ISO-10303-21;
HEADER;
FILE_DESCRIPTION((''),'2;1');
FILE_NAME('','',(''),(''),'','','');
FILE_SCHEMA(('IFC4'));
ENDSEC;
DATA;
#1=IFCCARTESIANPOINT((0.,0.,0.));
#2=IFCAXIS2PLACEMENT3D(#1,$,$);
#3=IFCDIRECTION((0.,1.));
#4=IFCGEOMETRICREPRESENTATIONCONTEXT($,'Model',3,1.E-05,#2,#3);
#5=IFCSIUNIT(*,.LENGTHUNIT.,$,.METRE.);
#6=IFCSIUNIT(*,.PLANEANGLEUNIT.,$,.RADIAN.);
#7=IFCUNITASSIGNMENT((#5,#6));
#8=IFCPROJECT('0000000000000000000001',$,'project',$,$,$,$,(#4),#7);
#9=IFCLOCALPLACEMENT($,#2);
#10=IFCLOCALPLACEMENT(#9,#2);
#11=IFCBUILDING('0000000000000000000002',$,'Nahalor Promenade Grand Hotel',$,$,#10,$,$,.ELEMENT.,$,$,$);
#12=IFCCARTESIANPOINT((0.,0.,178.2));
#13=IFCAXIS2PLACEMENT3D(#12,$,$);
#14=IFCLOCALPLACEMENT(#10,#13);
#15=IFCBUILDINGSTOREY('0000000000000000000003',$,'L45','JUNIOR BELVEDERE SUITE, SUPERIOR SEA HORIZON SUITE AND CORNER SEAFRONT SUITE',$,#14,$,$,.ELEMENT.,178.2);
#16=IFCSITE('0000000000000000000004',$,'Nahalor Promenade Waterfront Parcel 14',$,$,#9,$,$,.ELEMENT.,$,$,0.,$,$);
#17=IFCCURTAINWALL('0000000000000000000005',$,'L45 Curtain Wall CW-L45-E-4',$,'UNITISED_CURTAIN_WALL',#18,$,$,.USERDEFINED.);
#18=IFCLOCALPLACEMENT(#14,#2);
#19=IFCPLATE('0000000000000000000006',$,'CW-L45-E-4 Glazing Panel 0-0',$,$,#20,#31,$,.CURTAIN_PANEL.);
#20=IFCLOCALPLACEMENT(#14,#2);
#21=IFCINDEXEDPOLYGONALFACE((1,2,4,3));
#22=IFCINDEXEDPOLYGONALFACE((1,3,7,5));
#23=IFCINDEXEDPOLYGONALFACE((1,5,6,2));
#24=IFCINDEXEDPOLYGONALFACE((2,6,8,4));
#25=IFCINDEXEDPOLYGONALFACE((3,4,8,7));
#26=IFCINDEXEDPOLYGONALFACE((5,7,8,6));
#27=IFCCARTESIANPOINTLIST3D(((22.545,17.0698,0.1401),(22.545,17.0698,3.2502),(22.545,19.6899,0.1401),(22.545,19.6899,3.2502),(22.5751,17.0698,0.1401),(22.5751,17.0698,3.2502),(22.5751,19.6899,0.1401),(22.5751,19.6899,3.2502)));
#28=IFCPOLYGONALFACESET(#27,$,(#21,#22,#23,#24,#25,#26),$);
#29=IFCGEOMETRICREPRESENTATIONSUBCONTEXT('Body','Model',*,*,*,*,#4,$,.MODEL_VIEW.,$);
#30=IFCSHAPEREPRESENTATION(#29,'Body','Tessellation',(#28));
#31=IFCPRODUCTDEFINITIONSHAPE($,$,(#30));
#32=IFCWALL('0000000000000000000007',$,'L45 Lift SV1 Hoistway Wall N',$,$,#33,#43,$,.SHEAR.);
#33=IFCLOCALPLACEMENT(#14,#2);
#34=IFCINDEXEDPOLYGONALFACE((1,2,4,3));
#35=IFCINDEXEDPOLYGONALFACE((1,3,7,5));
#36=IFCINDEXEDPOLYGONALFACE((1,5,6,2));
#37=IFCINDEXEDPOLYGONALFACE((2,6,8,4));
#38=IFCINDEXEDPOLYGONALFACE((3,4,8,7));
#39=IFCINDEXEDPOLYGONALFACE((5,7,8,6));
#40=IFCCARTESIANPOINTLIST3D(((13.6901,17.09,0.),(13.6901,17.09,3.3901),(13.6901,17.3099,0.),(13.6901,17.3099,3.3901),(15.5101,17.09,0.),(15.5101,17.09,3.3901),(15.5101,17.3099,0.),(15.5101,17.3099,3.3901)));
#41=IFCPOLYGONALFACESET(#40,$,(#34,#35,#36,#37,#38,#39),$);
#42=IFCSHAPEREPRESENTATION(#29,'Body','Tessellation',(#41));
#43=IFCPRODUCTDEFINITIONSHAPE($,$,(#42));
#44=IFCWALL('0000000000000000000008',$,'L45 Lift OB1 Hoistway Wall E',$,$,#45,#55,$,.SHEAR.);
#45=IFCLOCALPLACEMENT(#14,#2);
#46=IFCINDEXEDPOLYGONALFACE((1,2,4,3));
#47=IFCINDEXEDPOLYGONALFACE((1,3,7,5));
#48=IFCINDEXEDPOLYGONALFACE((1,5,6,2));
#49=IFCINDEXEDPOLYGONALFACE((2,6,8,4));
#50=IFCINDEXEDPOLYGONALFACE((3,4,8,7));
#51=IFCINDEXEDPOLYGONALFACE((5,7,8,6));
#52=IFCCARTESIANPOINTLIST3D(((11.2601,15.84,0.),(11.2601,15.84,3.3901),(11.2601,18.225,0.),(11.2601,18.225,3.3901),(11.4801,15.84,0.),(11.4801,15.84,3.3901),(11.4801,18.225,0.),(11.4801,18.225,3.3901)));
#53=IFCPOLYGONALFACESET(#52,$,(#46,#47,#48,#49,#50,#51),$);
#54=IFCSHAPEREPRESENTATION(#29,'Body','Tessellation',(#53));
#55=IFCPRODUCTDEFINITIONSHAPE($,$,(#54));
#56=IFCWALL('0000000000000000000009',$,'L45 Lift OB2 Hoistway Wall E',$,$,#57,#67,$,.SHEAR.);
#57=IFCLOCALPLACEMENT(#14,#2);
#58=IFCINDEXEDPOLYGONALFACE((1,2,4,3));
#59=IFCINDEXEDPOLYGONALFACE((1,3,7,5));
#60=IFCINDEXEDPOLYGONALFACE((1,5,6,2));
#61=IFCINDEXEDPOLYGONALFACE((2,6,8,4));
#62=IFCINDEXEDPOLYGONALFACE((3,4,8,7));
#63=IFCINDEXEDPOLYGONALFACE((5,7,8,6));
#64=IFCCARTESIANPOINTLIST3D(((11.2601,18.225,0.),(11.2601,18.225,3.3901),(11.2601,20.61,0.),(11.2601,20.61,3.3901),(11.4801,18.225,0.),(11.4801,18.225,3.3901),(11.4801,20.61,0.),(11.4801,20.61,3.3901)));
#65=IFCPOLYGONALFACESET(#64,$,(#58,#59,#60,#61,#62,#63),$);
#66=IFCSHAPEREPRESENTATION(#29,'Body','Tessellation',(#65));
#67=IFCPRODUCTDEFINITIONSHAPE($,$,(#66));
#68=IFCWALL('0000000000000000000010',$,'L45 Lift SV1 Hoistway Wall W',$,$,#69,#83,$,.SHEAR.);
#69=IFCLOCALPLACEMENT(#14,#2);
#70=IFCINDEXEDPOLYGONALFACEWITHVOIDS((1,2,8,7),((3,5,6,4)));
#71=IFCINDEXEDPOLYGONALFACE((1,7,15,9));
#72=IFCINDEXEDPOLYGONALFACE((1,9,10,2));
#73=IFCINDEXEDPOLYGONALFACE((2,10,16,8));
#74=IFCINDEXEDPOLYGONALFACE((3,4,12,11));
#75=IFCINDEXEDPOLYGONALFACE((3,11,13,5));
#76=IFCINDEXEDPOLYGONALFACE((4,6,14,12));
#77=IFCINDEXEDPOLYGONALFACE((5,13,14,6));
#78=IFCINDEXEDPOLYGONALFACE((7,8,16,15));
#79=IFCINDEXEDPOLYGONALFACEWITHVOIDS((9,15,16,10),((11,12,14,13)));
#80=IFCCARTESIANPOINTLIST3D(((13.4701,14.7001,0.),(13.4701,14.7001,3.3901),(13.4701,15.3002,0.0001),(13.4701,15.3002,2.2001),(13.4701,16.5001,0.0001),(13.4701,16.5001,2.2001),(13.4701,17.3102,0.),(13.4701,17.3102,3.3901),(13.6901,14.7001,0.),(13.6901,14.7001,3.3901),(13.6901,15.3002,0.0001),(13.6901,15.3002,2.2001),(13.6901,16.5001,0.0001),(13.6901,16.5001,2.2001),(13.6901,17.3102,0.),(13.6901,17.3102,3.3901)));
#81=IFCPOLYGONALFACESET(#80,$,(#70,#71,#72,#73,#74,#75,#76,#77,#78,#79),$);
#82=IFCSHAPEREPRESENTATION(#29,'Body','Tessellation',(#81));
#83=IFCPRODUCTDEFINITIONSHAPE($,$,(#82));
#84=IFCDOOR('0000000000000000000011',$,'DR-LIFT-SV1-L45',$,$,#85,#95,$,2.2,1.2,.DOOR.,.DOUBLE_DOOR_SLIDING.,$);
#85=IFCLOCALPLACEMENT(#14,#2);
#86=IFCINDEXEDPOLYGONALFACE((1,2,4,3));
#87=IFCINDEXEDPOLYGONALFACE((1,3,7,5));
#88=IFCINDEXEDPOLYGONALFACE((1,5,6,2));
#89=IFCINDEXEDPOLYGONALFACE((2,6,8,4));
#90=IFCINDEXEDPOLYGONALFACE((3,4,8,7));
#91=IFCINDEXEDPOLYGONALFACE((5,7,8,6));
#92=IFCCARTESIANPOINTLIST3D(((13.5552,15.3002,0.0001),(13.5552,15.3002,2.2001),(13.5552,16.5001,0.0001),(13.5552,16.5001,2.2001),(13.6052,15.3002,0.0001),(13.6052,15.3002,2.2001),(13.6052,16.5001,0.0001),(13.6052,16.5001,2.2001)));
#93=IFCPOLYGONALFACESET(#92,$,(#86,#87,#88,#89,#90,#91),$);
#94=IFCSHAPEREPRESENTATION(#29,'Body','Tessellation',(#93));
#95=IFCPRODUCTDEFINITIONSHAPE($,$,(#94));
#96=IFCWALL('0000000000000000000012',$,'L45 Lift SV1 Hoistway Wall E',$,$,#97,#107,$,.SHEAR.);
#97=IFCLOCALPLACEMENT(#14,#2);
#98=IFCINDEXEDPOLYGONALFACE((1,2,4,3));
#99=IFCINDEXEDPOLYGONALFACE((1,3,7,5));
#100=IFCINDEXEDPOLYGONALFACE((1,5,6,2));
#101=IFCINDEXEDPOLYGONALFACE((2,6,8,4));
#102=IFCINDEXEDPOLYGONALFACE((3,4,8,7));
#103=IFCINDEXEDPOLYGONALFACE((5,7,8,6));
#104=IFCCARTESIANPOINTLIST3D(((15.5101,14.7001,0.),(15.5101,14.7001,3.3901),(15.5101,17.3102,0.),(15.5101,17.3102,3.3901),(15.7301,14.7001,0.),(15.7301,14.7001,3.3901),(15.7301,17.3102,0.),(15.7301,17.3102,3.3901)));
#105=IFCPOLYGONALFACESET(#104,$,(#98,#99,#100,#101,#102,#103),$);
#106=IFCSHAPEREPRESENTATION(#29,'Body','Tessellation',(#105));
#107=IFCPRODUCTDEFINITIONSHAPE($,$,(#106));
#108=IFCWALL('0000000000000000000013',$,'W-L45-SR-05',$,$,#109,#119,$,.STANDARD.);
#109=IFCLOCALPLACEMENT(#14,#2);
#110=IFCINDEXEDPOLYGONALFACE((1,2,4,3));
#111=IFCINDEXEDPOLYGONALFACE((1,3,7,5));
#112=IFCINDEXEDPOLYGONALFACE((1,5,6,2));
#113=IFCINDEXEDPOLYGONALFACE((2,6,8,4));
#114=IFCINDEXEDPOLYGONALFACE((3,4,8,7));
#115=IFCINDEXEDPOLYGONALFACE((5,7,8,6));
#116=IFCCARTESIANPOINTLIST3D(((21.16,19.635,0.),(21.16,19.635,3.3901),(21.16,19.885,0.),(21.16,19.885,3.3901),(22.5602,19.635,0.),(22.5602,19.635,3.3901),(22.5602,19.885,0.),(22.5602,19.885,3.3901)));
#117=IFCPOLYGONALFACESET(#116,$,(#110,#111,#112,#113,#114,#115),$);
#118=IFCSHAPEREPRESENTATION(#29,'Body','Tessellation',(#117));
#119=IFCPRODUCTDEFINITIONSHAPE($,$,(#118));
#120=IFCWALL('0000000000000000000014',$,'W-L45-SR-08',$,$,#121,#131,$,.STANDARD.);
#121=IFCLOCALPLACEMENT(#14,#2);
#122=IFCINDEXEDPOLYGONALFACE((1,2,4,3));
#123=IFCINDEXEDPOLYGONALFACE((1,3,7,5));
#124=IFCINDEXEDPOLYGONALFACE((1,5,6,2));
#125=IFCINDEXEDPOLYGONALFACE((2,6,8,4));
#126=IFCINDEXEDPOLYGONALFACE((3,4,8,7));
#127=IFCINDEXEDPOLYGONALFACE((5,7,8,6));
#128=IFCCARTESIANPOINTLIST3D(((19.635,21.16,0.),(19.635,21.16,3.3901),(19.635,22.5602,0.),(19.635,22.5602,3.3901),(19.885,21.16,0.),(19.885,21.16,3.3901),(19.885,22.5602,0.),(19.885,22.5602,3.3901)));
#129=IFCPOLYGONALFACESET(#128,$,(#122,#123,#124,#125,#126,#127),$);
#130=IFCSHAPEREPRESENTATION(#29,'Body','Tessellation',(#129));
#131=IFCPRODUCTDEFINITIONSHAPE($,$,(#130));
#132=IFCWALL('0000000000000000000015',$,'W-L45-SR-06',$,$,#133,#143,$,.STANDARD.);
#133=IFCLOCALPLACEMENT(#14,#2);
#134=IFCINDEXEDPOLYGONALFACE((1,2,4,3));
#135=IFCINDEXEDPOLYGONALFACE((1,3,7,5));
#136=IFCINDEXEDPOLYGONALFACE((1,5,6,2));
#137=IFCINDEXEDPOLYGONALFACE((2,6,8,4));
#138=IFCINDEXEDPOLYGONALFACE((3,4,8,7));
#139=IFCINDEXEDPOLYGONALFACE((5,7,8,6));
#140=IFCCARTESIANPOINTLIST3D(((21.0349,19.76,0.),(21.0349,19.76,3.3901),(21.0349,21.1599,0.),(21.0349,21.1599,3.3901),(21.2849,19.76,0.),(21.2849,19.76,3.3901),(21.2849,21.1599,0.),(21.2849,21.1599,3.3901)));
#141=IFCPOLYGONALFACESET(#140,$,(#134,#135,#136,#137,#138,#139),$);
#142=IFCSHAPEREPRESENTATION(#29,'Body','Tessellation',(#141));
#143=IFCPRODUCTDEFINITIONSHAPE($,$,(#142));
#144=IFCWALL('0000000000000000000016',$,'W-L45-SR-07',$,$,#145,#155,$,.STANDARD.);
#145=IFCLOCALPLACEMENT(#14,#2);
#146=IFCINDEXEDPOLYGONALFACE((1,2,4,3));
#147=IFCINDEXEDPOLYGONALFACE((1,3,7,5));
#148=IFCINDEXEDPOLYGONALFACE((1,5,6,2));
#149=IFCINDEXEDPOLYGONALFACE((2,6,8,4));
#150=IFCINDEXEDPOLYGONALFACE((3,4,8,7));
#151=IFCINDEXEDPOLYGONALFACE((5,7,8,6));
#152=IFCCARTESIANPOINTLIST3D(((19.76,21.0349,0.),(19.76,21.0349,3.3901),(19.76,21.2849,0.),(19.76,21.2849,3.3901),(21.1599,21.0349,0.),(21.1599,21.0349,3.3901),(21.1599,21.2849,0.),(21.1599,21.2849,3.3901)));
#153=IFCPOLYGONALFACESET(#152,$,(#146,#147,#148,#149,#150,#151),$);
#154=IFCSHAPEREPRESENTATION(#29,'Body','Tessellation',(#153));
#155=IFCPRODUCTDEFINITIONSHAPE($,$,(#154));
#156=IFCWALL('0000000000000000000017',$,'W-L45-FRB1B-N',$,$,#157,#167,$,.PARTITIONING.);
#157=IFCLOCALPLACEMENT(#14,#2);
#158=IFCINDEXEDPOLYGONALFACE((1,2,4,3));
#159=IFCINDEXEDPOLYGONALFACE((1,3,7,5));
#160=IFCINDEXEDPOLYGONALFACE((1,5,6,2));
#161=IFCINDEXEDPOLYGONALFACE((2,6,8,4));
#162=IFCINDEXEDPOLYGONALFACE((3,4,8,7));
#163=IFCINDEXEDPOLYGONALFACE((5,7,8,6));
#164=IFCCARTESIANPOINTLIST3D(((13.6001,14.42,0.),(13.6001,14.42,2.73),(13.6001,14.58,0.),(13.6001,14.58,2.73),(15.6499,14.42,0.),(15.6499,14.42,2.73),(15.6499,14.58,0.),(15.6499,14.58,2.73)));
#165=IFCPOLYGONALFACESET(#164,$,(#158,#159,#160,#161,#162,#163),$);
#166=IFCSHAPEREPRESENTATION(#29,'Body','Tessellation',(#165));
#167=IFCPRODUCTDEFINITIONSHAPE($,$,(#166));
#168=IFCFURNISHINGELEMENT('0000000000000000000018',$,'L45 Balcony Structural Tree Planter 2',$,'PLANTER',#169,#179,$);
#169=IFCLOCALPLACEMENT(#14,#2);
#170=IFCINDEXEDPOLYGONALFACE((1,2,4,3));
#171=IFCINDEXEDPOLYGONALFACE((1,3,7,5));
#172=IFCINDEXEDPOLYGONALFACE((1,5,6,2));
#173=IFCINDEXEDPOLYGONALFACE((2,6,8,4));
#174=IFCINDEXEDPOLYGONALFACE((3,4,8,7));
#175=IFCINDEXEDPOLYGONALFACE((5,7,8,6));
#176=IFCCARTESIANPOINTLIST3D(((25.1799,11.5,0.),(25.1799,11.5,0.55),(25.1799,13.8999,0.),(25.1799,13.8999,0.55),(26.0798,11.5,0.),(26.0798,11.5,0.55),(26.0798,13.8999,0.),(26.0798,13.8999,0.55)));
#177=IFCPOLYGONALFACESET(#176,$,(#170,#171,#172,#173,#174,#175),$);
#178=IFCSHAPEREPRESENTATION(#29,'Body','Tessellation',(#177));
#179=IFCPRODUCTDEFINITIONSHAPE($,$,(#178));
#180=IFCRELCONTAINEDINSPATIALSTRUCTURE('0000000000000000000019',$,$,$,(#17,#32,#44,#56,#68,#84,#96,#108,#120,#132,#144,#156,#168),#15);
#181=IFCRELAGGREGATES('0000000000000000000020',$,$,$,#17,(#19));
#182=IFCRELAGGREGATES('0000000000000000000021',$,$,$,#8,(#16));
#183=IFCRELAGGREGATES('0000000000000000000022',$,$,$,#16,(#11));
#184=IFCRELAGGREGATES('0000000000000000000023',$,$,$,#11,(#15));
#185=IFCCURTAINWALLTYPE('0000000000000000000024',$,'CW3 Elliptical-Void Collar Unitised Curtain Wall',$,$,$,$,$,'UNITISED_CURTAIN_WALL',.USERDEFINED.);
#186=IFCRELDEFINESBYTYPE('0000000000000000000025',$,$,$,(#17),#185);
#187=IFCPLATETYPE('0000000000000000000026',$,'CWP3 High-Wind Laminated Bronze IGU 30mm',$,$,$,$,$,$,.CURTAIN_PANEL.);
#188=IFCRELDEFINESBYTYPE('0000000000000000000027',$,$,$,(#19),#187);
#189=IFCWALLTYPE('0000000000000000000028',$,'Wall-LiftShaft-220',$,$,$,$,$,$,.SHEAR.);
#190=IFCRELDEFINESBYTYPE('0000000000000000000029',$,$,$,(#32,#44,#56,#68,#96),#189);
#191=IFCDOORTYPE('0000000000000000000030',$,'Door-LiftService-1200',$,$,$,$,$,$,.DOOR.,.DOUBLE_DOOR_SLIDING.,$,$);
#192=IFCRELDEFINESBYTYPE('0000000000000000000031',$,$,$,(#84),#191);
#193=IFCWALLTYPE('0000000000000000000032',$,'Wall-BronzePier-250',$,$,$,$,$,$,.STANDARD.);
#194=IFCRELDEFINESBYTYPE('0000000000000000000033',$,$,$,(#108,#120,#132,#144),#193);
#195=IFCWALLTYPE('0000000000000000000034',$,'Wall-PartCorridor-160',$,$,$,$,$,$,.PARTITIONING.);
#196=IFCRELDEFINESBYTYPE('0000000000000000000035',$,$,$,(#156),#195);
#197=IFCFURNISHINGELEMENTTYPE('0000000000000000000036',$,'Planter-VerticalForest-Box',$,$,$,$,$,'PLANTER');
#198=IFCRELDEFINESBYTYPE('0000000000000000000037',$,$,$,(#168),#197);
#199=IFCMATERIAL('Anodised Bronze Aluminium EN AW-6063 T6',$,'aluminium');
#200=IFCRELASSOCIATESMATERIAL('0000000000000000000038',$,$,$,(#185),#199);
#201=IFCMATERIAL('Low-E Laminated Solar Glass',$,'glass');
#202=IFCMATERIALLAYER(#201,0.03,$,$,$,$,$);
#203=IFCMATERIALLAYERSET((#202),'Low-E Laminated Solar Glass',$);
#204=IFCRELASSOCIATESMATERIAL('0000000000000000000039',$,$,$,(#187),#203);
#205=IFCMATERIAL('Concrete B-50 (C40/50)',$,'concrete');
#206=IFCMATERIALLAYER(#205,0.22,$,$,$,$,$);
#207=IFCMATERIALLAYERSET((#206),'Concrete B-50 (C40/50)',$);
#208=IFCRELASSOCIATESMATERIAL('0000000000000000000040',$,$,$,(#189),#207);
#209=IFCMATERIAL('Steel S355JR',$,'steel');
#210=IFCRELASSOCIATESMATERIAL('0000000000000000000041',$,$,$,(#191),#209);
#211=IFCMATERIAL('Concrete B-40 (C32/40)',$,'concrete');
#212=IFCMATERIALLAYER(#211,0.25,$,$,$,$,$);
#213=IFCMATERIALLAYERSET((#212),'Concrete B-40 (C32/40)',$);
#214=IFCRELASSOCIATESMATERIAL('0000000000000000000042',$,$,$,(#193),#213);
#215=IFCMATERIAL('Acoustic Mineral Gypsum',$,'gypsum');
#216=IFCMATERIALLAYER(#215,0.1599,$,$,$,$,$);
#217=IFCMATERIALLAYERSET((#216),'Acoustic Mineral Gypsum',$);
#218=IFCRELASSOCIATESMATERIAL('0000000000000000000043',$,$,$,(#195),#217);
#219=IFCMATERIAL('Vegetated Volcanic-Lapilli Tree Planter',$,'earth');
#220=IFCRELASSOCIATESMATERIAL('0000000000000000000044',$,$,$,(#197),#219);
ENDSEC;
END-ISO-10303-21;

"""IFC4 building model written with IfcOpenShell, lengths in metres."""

from ifc_helpers import new_model, si_unit, direction, frame, frame_2d, origin, origin_2d, place, context, subcontext, project, spatial, rectangle, extrude, source, transform, mapped, material, layer, layer_set, type_object, element, fill, aggregate, save


model = new_model("IFC4")

# Units and contexts
model_context = context("Model", 3, precision=1e-05, world=origin(), true_north=direction((0.0, 1.0)))
body_context = subcontext(model_context, "Body", "Model", "MODEL_VIEW")
ifc_project = project(units=[si_unit("LENGTHUNIT", "METRE"), si_unit("PLANEANGLEUNIT", "RADIAN")], contexts=[model_context])

# Site, building, storey
site_placement = place(None, origin())
site = spatial("IfcSite", under=ifc_project, at=site_placement, Name="Nahalor Promenade Waterfront Parcel 14", CompositionType="ELEMENT", RefElevation=0.0)
building_placement = place(site_placement, origin())
building = spatial("IfcBuilding", under=site, at=building_placement, Name="Nahalor Promenade Grand Hotel", CompositionType="ELEMENT")
storey_placement = place(building_placement, frame((0.0, 0.0, 178.2)))
storey = spatial("IfcBuildingStorey", under=building, at=storey_placement, Name="L45", Description="JUNIOR BELVEDERE SUITE, SUPERIOR SEA HORIZON SUITE AND CORNER SEAFRONT SUITE", CompositionType="ELEMENT", Elevation=178.2)

# Shared definitions
ifc_material_1 = material(Name="Steel S355JR", Category="steel")

# Shared definitions
ifc_material_2 = material(Name="Anodised Bronze Aluminium EN AW-6063 T6", Category="aluminium")
curtain_wall_type = type_object("IfcCurtainWallType", Name="CW3 Elliptical-Void Collar Unitised Curtain Wall", ElementType="UNITISED_CURTAIN_WALL", PredefinedType="USERDEFINED", material=ifc_material_2)

# Curtain wall
curtain_wall_1_placement = place(storey_placement, origin())
curtain_wall_1 = element("IfcCurtainWall", 1, at=curtain_wall_1_placement, inside=storey, type_object=curtain_wall_type, Name="L45 Curtain Wall CW-L45-E-4", ObjectType="UNITISED_CURTAIN_WALL", PredefinedType="USERDEFINED")

# Plate
ifc_material_3 = material(Name="Low-E Laminated Solar Glass", Category="glass")
ifc_layer_1 = layer(ifc_material_3, 0.03)
ifc_layer_set_1 = layer_set([ifc_layer_1], Name="Low-E Laminated Solar Glass")
plate_type = type_object("IfcPlateType", Name="CWP3 High-Wind Laminated Bronze IGU 30mm", PredefinedType="CURTAIN_PANEL", material=ifc_layer_set_1)
shared_shape_1 = source(origin(), body_context, "Body", "SweptSolid", [
    extrude(rectangle(XDim=2.6201, YDim=0.03, at=origin_2d()), origin(), (0.0, 0.0, 1.0), 3.1101),
])
plate_1_placement = place(storey_placement, frame((22.5601, 18.3799, 0.1401), z_axis=(0.0, 0.0, 1.0), x_axis=(0.0, 1.0, 0.0)))
plate_1 = element("IfcPlate", 2, at=plate_1_placement, type_object=plate_type, Name="CW-L45-E-4 Glazing Panel 0-0", PredefinedType="CURTAIN_PANEL", context=body_context, shape_type="MappedRepresentation", body=[
    mapped(shared_shape_1, transform((0.0, 0.0, 0.0), scale=1.0)),
])
aggregate(curtain_wall_1, [plate_1])

# Walls
ifc_material_4 = material(Name="Concrete B-50 (C40/50)", Category="concrete")
ifc_layer_2 = layer(ifc_material_4, 0.22)
ifc_layer_set_2 = layer_set([ifc_layer_2], Name="Concrete B-50 (C40/50)")
wall_type_1 = type_object("IfcWallType", Name="Wall-LiftShaft-220", PredefinedType="SHEAR", material=ifc_layer_set_2)
shared_shape_2 = source(origin(), body_context, "Body", "SweptSolid", [
    extrude(rectangle(XDim=1.8201, YDim=0.22, at=frame_2d((0.9102, 0.0))), origin(), (0.0, 0.0, 1.0), 3.3901),
])
wall_1_placement = place(storey_placement, frame((13.6899, 17.2, 0.0), z_axis=(0.0, 0.0, 1.0), x_axis=(1.0, 0.0, 0.0)))
element("IfcWall", 3, at=wall_1_placement, inside=storey, type_object=wall_type_1, Name="L45 Lift SV1 Hoistway Wall N", PredefinedType="SHEAR", context=body_context, shape_type="MappedRepresentation", body=[
    mapped(shared_shape_2, transform((0.0, 0.0, 0.0), scale=1.0)),
])
shared_shape_3 = source(origin(), body_context, "Body", "SweptSolid", [
    extrude(rectangle(XDim=2.385, YDim=0.22, at=frame_2d((1.1924, 0.0))), origin(), (0.0, 0.0, 1.0), 3.3901),
])
for number, where, z_axis, x_axis, name in (
    (4, (11.3701, 15.8401, 0.0), (0.0, 0.0, 1.0), (0.0, 1.0, 0.0), "L45 Lift OB1 Hoistway Wall E"),
    (5, (11.3701, 18.2251, 0.0), (0.0, 0.0, 1.0), (0.0, 1.0, 0.0), "L45 Lift OB2 Hoistway Wall E"),
):
    element("IfcWall", number, at=place(storey_placement, frame(where, z_axis=z_axis, x_axis=x_axis)), inside=storey, type_object=wall_type_1, Name=name, PredefinedType="SHEAR", context=body_context, shape_type="MappedRepresentation", body=[
        mapped(shared_shape_3, transform((0.0, 0.0, 0.0), scale=1.0)),
    ])

# Wall, opening, door
shared_shape_4 = source(origin(), body_context, "Body", "SweptSolid", [
    extrude(rectangle(XDim=2.6101, YDim=0.22, at=frame_2d((1.3052, 0.0))), origin(), (0.0, 0.0, 1.0), 3.3901),
])
wall_2_placement = place(storey_placement, frame((13.5801, 14.7, 0.0), z_axis=(0.0, 0.0, 1.0), x_axis=(0.0, 1.0, 0.0)))
wall_2 = element("IfcWall", 6, at=wall_2_placement, inside=storey, type_object=wall_type_1, Name="L45 Lift SV1 Hoistway Wall W", PredefinedType="SHEAR", context=body_context, shape_type="MappedRepresentation", body=[
    mapped(shared_shape_4, transform((0.0, 0.0, 0.0), scale=1.0)),
])
opening_placement = place(wall_2_placement, frame((0.6001, 0.0, 0.0)))
opening = element("IfcOpeningElement", 7, at=opening_placement, cuts=wall_2, PredefinedType="OPENING", context=body_context, shape_type="SweptSolid", body=[
    extrude(rectangle(XDim=1.2, YDim=2.2, at=frame_2d((0.6001, 1.1001))), frame((0.0, 0.1199, 0.0), z_axis=(0.0, -1.0, 0.0), x_axis=(1.0, 0.0, 0.0)), (0.0, 0.0, 1.0), 0.24),
])
door_type = type_object("IfcDoorType", Name="Door-LiftService-1200", OperationType="DOUBLE_DOOR_SLIDING", PredefinedType="DOOR", material=ifc_material_1)
shared_shape_5 = source(origin(), body_context, "Body", "SweptSolid", [
    extrude(rectangle(XDim=1.2, YDim=2.2, at=frame_2d((0.6001, 1.1001))), frame((0.0, 0.0249, 0.0), z_axis=(0.0, -1.0, 0.0), x_axis=(1.0, 0.0, 0.0)), (0.0, 0.0, 1.0), 0.05),
])
door_placement = place(opening_placement, origin())
door = element("IfcDoor", 8, at=door_placement, inside=storey, type_object=door_type, Name="DR-LIFT-SV1-L45", OperationType="DOUBLE_DOOR_SLIDING", OverallHeight=2.2, OverallWidth=1.2, PredefinedType="DOOR", context=body_context, shape_type="MappedRepresentation", body=[
    mapped(shared_shape_5, transform((0.0, 0.0, 0.0), scale=1.0)),
])
fill(opening, door)

# Walls
wall_3_placement = place(storey_placement, frame((15.6201, 14.7, 0.0), z_axis=(0.0, 0.0, 1.0), x_axis=(0.0, 1.0, 0.0)))
element("IfcWall", 9, at=wall_3_placement, inside=storey, type_object=wall_type_1, Name="L45 Lift SV1 Hoistway Wall E", PredefinedType="SHEAR", context=body_context, shape_type="MappedRepresentation", body=[
    mapped(shared_shape_4, transform((0.0, 0.0, 0.0), scale=1.0)),
])
ifc_material_5 = material(Name="Concrete B-40 (C32/40)", Category="concrete")
ifc_layer_3 = layer(ifc_material_5, 0.25)
ifc_layer_set_3 = layer_set([ifc_layer_3], Name="Concrete B-40 (C32/40)")
wall_type_2 = type_object("IfcWallType", Name="Wall-BronzePier-250", PredefinedType="STANDARD", material=ifc_layer_set_3)
shared_shape_6 = source(origin(), body_context, "Body", "SweptSolid", [
    extrude(rectangle(XDim=1.4001, YDim=0.25, at=frame_2d((0.7002, 0.0))), origin(), (0.0, 0.0, 1.0), 3.3901),
])
for number, where, z_axis, x_axis, name in (
    (10, (21.1599, 19.76, 0.0), (0.0, 0.0, 1.0), (1.0, 0.0, 0.0), "W-L45-SR-05"),
    (11, (19.76, 21.1599, 0.0), (0.0, 0.0, 1.0), (0.0, 1.0, 0.0), "W-L45-SR-08"),
):
    element("IfcWall", number, at=place(storey_placement, frame(where, z_axis=z_axis, x_axis=x_axis)), inside=storey, type_object=wall_type_2, Name=name, PredefinedType="STANDARD", context=body_context, shape_type="MappedRepresentation", body=[
        mapped(shared_shape_6, transform((0.0, 0.0, 0.0), scale=1.0)),
    ])
shared_shape_7 = source(origin(), body_context, "Body", "SweptSolid", [
    extrude(rectangle(XDim=1.3999, YDim=0.25, at=frame_2d((0.7, 0.0))), origin(), (0.0, 0.0, 1.0), 3.3901),
])
for number, where, z_axis, x_axis, name in (
    (12, (21.1599, 19.76, 0.0), (0.0, 0.0, 1.0), (0.0, 1.0, 0.0), "W-L45-SR-06"),
    (13, (19.76, 21.1599, 0.0), (0.0, 0.0, 1.0), (1.0, 0.0, 0.0), "W-L45-SR-07"),
):
    element("IfcWall", number, at=place(storey_placement, frame(where, z_axis=z_axis, x_axis=x_axis)), inside=storey, type_object=wall_type_2, Name=name, PredefinedType="STANDARD", context=body_context, shape_type="MappedRepresentation", body=[
        mapped(shared_shape_7, transform((0.0, 0.0, 0.0), scale=1.0)),
    ])
ifc_material_6 = material(Name="Acoustic Mineral Gypsum", Category="gypsum")
ifc_layer_4 = layer(ifc_material_6, 0.1599)
ifc_layer_set_4 = layer_set([ifc_layer_4], Name="Acoustic Mineral Gypsum")
wall_type_3 = type_object("IfcWallType", Name="Wall-PartCorridor-160", PredefinedType="PARTITIONING", material=ifc_layer_set_4)
shared_shape_8 = source(origin(), body_context, "Body", "SweptSolid", [
    extrude(rectangle(XDim=2.0498, YDim=0.1599, at=frame_2d((1.0249, 0.0))), origin(), (0.0, 0.0, 1.0), 2.73),
])
wall_4_placement = place(storey_placement, frame((13.6001, 14.5, 0.0), z_axis=(0.0, 0.0, 1.0), x_axis=(1.0, 0.0, 0.0)))
element("IfcWall", 14, at=wall_4_placement, inside=storey, type_object=wall_type_3, Name="W-L45-FRB1B-N", PredefinedType="PARTITIONING", context=body_context, shape_type="MappedRepresentation", body=[
    mapped(shared_shape_8, transform((0.0, 0.0, 0.0), scale=1.0)),
])

# Furnishing element
ifc_material_7 = material(Name="Vegetated Volcanic-Lapilli Tree Planter", Category="earth")
furnishing_element_type = type_object("IfcFurnishingElementType", Name="Planter-VerticalForest-Box", ElementType="PLANTER", material=ifc_material_7)
shared_shape_9 = source(origin(), body_context, "Body", "SweptSolid", [
    extrude(rectangle(XDim=2.3999, YDim=0.8999, at=origin_2d()), origin(), (0.0, 0.0, 1.0), 0.55),
])
furnishing_placement = place(storey_placement, frame((25.6299, 12.7, 0.0), z_axis=(0.0, 0.0, 1.0), x_axis=(0.0, 1.0, 0.0)))
element("IfcFurnishingElement", 15, at=furnishing_placement, inside=storey, type_object=furnishing_element_type, Name="L45 Balcony Structural Tree Planter 2", ObjectType="PLANTER", context=body_context, shape_type="MappedRepresentation", body=[
    mapped(shared_shape_9, transform((0.0, 0.0, 0.0), scale=1.0)),
])

save(model, "model.ifc")
